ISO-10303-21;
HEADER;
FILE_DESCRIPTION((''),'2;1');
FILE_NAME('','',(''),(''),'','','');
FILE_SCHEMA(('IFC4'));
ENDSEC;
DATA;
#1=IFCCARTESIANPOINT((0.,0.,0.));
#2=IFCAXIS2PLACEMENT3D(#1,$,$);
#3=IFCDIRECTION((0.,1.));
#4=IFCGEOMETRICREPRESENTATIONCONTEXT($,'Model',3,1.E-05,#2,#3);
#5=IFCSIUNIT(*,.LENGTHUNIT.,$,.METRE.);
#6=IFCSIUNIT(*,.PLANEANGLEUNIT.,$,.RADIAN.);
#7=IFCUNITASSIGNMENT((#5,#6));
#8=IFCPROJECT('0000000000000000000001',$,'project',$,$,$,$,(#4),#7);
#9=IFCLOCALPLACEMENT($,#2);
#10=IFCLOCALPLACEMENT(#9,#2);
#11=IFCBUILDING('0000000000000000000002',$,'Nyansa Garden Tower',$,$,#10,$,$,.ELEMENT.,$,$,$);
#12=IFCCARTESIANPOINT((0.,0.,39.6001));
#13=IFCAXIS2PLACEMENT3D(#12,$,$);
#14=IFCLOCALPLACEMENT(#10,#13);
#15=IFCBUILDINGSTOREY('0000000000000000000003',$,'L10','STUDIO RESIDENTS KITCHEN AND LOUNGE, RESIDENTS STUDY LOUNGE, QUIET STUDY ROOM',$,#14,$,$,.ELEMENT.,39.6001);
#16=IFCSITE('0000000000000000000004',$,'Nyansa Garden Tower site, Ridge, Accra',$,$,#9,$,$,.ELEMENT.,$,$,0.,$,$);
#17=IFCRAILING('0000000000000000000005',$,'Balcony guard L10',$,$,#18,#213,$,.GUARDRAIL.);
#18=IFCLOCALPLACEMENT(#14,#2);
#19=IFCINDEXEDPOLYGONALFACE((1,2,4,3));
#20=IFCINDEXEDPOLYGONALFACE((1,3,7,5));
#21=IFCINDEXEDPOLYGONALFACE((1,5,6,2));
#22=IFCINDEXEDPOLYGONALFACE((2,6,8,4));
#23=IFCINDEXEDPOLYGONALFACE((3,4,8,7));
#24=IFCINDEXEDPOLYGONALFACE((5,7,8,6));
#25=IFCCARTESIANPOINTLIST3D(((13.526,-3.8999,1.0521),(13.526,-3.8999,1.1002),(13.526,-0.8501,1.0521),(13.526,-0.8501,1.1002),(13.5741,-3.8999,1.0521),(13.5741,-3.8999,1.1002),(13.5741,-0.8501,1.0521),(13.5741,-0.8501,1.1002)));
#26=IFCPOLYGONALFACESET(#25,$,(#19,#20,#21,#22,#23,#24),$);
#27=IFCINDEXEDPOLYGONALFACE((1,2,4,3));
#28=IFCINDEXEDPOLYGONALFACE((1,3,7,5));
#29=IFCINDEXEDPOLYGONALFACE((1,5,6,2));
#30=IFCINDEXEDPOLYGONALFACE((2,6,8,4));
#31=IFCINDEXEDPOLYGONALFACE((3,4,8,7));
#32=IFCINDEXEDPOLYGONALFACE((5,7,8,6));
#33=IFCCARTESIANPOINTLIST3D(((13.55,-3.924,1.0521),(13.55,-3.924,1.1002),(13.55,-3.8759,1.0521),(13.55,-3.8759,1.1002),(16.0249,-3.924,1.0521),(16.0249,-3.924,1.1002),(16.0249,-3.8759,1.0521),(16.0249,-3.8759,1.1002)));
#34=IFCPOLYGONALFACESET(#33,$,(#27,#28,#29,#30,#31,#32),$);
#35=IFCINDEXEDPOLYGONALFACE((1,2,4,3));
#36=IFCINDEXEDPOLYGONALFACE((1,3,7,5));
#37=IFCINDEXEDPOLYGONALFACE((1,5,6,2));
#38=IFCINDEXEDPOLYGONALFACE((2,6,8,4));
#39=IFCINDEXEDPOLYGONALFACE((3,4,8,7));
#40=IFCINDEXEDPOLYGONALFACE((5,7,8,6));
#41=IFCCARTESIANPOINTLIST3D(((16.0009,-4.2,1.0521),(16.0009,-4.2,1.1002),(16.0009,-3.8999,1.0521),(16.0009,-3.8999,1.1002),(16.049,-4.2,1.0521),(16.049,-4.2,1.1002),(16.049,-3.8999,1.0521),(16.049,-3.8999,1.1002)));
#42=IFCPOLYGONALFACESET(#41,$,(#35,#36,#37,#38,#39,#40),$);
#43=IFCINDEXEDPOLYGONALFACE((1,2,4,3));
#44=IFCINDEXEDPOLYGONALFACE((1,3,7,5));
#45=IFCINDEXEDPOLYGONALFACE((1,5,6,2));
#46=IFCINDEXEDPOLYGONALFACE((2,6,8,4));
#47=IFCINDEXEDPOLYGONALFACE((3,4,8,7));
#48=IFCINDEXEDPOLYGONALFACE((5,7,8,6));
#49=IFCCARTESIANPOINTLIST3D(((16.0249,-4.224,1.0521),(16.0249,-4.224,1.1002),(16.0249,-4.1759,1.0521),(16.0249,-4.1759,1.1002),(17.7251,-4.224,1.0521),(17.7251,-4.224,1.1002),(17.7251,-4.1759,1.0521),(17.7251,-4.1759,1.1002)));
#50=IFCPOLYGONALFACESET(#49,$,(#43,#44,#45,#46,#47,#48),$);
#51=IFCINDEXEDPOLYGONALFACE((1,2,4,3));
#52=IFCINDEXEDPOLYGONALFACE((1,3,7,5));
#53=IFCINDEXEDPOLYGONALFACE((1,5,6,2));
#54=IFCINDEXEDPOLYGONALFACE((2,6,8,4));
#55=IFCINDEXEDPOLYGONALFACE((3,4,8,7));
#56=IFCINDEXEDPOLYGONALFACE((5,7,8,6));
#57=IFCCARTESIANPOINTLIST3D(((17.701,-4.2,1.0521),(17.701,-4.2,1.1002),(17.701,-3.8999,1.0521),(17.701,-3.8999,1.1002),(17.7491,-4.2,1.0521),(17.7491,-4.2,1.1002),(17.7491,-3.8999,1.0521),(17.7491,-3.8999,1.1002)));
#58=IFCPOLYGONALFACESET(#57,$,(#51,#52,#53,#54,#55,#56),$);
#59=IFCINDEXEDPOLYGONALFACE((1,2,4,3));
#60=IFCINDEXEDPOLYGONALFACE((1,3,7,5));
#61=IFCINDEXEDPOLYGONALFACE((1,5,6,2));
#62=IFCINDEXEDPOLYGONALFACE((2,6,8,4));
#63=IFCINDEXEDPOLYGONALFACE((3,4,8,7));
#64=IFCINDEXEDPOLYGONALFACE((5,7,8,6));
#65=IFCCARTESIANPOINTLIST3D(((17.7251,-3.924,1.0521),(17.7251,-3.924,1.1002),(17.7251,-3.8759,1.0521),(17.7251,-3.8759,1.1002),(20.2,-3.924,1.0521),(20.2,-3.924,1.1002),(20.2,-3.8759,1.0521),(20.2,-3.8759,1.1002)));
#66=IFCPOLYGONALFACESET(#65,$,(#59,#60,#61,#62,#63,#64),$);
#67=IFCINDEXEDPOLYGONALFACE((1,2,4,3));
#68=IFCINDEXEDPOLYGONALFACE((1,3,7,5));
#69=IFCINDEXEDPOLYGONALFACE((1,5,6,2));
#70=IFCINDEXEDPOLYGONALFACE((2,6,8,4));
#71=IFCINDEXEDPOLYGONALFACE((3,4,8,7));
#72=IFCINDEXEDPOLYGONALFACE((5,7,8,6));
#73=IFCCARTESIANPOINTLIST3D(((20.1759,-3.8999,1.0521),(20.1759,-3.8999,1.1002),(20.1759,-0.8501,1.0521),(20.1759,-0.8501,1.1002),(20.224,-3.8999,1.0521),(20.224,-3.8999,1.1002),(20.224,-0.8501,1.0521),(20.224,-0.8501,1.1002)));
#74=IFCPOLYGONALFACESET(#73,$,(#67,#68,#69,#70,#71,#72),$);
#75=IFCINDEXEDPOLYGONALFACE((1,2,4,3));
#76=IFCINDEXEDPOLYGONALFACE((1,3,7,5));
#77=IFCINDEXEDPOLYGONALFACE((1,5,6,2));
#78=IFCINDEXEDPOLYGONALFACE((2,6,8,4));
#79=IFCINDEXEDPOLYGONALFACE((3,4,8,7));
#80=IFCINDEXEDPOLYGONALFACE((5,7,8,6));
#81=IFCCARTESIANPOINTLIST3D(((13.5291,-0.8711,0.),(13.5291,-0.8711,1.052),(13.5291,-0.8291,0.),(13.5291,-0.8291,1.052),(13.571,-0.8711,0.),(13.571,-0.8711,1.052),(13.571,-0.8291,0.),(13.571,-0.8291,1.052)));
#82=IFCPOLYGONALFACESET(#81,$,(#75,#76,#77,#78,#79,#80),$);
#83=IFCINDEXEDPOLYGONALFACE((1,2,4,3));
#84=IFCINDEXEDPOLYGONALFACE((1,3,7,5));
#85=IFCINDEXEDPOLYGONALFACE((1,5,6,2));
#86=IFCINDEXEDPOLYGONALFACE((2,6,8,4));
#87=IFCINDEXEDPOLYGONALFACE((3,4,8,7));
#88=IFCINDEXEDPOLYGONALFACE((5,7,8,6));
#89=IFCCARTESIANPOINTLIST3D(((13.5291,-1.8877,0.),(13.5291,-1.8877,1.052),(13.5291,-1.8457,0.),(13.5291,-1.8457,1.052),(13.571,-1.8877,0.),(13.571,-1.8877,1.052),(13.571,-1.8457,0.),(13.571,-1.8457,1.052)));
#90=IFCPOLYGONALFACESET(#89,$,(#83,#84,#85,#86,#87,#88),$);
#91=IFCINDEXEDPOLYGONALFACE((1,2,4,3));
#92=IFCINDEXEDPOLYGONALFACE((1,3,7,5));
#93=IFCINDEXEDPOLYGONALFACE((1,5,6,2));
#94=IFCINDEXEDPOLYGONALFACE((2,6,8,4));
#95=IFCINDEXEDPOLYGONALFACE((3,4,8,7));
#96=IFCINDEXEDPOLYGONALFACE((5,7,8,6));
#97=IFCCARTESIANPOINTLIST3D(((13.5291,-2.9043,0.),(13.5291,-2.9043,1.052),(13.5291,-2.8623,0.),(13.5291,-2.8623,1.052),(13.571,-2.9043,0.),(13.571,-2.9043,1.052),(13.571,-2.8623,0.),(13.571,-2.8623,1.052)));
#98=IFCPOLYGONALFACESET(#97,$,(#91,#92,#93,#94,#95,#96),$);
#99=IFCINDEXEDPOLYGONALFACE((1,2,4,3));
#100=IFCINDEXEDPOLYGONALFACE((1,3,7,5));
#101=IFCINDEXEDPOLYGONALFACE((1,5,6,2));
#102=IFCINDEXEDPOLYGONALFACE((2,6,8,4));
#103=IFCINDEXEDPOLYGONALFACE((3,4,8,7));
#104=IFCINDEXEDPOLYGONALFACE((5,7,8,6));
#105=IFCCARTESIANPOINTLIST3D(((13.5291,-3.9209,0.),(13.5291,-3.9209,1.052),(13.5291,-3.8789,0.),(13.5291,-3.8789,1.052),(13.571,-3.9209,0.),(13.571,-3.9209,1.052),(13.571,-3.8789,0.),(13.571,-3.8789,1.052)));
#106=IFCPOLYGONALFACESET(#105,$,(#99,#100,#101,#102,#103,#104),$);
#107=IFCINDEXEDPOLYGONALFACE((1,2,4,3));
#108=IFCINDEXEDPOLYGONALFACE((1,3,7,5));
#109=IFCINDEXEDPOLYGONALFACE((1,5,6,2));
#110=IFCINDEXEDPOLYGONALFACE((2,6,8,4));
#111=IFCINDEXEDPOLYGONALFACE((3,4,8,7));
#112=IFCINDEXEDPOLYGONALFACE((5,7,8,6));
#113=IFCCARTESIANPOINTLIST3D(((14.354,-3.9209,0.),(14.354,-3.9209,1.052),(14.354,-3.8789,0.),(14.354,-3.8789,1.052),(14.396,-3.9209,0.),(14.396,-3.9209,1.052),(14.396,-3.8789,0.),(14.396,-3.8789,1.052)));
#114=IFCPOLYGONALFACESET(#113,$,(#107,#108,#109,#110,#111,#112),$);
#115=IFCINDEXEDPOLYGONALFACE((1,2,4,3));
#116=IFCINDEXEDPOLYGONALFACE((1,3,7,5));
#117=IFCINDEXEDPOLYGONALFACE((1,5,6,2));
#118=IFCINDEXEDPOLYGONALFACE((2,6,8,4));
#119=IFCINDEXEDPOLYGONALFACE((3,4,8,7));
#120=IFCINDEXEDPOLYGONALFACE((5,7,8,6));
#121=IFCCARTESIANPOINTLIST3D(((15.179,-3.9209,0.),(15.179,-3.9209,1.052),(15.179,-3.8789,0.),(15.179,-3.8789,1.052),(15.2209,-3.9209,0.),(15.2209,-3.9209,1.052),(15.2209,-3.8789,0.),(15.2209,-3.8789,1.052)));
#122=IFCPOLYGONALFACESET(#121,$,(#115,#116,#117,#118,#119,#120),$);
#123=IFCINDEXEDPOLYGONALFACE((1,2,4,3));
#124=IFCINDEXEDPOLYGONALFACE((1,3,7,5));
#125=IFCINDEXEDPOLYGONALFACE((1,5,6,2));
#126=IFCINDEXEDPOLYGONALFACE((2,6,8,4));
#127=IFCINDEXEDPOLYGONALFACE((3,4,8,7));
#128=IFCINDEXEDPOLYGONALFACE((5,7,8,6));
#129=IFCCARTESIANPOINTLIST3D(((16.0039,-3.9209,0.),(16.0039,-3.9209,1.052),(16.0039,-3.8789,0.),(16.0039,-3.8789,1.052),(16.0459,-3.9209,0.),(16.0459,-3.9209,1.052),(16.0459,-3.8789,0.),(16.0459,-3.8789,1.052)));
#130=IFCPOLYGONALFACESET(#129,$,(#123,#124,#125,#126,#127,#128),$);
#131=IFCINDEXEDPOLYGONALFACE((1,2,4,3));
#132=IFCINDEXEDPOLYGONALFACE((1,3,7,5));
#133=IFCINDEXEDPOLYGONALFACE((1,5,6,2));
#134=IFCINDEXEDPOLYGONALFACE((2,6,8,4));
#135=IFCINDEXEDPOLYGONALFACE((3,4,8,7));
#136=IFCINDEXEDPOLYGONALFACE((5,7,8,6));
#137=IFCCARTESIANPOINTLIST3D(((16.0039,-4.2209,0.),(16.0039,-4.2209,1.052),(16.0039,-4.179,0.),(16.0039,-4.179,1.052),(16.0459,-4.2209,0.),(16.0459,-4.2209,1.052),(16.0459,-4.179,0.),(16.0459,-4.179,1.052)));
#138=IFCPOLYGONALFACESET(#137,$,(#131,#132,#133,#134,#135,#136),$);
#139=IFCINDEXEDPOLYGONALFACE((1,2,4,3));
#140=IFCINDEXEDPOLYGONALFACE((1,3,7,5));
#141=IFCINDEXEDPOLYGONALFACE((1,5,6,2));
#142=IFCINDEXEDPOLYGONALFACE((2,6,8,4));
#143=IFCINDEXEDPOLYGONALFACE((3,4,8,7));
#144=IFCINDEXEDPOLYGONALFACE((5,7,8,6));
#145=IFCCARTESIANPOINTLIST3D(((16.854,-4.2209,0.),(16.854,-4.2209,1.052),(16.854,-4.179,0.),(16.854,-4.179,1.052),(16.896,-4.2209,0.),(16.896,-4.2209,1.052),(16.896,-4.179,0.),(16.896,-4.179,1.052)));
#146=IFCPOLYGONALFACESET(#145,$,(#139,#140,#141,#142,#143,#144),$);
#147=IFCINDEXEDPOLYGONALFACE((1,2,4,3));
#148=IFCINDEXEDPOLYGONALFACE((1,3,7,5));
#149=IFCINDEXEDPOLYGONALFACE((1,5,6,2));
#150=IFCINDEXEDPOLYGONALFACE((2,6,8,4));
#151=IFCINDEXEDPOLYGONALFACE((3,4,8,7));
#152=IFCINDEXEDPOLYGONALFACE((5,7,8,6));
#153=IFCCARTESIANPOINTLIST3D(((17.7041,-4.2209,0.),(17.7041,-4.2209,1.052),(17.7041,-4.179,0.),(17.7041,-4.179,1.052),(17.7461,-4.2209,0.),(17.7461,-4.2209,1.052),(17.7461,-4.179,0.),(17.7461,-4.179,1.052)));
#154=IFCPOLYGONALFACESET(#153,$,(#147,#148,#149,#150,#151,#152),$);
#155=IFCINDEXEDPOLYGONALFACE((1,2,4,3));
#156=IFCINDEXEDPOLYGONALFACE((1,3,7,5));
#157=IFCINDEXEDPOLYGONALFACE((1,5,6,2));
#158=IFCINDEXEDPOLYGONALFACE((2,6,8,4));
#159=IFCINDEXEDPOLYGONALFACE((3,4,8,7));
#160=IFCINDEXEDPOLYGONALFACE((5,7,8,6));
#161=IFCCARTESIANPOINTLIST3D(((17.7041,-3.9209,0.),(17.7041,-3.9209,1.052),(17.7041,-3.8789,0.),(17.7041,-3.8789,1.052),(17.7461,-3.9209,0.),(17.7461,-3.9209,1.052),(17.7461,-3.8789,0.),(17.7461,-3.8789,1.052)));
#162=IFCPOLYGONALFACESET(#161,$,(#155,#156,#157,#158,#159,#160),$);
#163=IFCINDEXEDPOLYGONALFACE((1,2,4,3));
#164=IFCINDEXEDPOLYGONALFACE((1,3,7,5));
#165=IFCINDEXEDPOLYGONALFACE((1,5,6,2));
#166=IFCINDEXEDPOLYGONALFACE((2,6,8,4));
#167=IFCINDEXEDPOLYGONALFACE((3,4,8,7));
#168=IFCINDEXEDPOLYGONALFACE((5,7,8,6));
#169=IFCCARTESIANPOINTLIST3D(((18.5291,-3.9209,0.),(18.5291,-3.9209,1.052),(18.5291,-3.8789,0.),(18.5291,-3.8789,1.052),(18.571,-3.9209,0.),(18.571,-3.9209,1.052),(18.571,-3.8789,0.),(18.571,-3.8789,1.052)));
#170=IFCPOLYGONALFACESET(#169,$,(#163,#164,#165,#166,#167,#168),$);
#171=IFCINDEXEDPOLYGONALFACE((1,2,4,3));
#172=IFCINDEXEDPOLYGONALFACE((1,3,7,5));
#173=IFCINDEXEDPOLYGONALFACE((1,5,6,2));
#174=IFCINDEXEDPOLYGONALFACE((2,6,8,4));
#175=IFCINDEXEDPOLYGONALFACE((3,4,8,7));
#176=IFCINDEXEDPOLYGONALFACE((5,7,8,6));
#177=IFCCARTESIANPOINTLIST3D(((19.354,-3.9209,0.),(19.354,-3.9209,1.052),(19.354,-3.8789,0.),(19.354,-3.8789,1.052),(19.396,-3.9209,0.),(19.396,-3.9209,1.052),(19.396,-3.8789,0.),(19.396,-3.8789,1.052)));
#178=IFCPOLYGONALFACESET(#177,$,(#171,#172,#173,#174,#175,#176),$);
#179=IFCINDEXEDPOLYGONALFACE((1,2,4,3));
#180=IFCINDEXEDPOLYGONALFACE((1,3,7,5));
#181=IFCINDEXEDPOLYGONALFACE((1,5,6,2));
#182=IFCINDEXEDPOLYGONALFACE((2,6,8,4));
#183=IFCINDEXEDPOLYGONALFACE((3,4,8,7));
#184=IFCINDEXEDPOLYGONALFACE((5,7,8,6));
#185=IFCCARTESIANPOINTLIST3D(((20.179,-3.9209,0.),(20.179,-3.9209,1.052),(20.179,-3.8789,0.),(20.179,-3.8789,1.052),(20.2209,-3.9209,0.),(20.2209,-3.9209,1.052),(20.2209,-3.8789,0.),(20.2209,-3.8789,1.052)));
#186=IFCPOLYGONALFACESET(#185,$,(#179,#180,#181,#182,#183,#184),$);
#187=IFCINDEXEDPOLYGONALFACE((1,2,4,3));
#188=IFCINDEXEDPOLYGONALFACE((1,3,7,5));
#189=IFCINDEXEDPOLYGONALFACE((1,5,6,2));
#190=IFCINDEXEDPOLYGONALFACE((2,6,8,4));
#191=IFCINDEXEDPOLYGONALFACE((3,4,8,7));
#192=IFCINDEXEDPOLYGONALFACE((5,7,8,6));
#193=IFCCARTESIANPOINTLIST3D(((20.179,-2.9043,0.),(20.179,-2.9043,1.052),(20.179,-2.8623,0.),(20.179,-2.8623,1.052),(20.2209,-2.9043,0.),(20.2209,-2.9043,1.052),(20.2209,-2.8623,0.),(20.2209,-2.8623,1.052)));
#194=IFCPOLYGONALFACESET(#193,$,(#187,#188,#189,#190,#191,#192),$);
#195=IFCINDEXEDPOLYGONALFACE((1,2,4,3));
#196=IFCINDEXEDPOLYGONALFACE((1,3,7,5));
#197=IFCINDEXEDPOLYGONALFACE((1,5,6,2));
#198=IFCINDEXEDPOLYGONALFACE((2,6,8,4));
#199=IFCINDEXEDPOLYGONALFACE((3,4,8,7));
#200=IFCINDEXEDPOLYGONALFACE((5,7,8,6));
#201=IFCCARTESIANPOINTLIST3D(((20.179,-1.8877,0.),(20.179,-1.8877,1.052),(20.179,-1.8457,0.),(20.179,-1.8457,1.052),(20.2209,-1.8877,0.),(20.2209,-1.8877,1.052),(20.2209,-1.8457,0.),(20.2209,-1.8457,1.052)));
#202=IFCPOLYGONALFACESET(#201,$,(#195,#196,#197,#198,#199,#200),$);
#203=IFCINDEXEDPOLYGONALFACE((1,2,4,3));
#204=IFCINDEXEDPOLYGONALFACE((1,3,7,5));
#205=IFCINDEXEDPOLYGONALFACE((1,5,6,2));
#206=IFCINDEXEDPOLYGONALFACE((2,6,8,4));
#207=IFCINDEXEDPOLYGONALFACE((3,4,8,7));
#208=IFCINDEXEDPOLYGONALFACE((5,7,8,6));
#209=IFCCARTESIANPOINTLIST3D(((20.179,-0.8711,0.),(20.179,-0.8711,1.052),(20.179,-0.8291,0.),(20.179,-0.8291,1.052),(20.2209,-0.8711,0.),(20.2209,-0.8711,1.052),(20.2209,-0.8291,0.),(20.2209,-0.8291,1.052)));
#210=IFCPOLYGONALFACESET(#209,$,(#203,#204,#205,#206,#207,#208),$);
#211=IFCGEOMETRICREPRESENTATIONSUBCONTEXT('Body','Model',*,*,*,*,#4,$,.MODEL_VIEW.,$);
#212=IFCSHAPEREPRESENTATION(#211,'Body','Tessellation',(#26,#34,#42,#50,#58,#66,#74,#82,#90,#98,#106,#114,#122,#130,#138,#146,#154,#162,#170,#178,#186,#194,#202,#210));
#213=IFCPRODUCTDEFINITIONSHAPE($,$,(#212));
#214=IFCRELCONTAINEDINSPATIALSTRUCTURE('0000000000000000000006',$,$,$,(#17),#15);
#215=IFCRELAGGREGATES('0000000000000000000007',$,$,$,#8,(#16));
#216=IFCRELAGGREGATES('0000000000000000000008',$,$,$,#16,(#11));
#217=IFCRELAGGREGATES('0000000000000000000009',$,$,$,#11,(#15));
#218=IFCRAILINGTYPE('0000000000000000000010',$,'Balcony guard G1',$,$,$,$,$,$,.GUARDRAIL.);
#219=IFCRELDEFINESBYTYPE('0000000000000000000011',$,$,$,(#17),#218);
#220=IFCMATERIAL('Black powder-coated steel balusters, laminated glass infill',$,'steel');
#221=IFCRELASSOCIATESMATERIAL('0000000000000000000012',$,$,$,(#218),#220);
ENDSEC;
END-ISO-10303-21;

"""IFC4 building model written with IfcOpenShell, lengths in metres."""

from ifc_helpers import new_model, si_unit, direction, frame, origin, origin_2d, place, context, subcontext, project, spatial, rectangle, extrude, material, type_object, element, save


model = new_model("IFC4")

# Units and contexts
model_context = context("Model", 3, precision=1e-05, world=origin(), true_north=direction((0.0, 1.0)))
body_context = subcontext(model_context, "Body", "Model", "MODEL_VIEW")
ifc_project = project(units=[si_unit("LENGTHUNIT", "METRE"), si_unit("PLANEANGLEUNIT", "RADIAN")], contexts=[model_context])

# Site, building, storey
site_placement = place(None, origin())
site = spatial("IfcSite", under=ifc_project, at=site_placement, Name="Nyansa Garden Tower site, Ridge, Accra", CompositionType="ELEMENT", RefElevation=0.0)
building_placement = place(site_placement, origin())
building = spatial("IfcBuilding", under=site, at=building_placement, Name="Nyansa Garden Tower", CompositionType="ELEMENT")
storey_placement = place(building_placement, frame((0.0, 0.0, 39.6001)))
storey = spatial("IfcBuildingStorey", under=building, at=storey_placement, Name="L10", Description="STUDIO RESIDENTS KITCHEN AND LOUNGE, RESIDENTS STUDY LOUNGE, QUIET STUDY ROOM", CompositionType="ELEMENT", Elevation=39.6001)

# Railing
ifc_material_1 = material(Name="Black powder-coated steel balusters, laminated glass infill", Category="steel")
railing_type = type_object("IfcRailingType", Name="Balcony guard G1", PredefinedType="GUARDRAIL", material=ifc_material_1)
railing_placement = place(storey_placement, frame((13.55, -0.8501, 0.0)))
element("IfcRailing", 1, at=railing_placement, inside=storey, type_object=railing_type, Name="Balcony guard L10", PredefinedType="GUARDRAIL", context=body_context, shape_type="SweptSolid", body=[
    extrude(rectangle(XDim=0.0481, YDim=0.0481, at=origin_2d()), frame((0.0, 0.0, 1.0762), z_axis=(0.0, -1.0, 0.0), x_axis=(1.0, 0.0, 0.0)), (0.0, 0.0, 1.0), 3.0498),
    extrude(rectangle(XDim=0.0481, YDim=0.0481, at=origin_2d()), frame((0.0, -3.0498, 1.0762), z_axis=(1.0, 0.0, 0.0), x_axis=(0.0, 1.0, 0.0)), (0.0, 0.0, 1.0), 2.4749),
    extrude(rectangle(XDim=0.0481, YDim=0.0481, at=origin_2d()), frame((2.4749, -3.0498, 1.0762), z_axis=(0.0, -1.0, 0.0), x_axis=(1.0, 0.0, 0.0)), (0.0, 0.0, 1.0), 0.3),
    extrude(rectangle(XDim=0.0481, YDim=0.0481, at=origin_2d()), frame((2.4749, -3.3499, 1.0762), z_axis=(1.0, 0.0, 0.0), x_axis=(0.0, 1.0, 0.0)), (0.0, 0.0, 1.0), 1.7002),
    extrude(rectangle(XDim=0.0481, YDim=0.0481, at=origin_2d()), frame((4.175, -3.3499, 1.0762), z_axis=(0.0, 1.0, 0.0), x_axis=(-1.0, 0.0, 0.0)), (0.0, 0.0, 1.0), 0.3),
    extrude(rectangle(XDim=0.0481, YDim=0.0481, at=origin_2d()), frame((4.175, -3.0498, 1.0762), z_axis=(1.0, 0.0, 0.0), x_axis=(0.0, 1.0, 0.0)), (0.0, 0.0, 1.0), 2.4749),
    extrude(rectangle(XDim=0.0481, YDim=0.0481, at=origin_2d()), frame((6.6499, -3.0498, 1.0762), z_axis=(0.0, 1.0, 0.0), x_axis=(-1.0, 0.0, 0.0)), (0.0, 0.0, 1.0), 3.0498),
    extrude(rectangle(XDim=0.042, YDim=0.042, at=origin_2d()), origin(), (0.0, 0.0, 1.0), 1.052),
    extrude(rectangle(XDim=0.042, YDim=0.042, at=origin_2d()), frame((0.0, -1.0166, 0.0)), (0.0, 0.0, 1.0), 1.052),
    extrude(rectangle(XDim=0.042, YDim=0.042, at=origin_2d()), frame((0.0, -2.0332, 0.0)), (0.0, 0.0, 1.0), 1.052),
    extrude(rectangle(XDim=0.042, YDim=0.042, at=origin_2d()), frame((0.0, -3.0498, 0.0)), (0.0, 0.0, 1.0), 1.052),
    extrude(rectangle(XDim=0.042, YDim=0.042, at=origin_2d()), frame((0.825, -3.0498, 0.0)), (0.0, 0.0, 1.0), 1.052),
    extrude(rectangle(XDim=0.042, YDim=0.042, at=origin_2d()), frame((1.6499, -3.0498, 0.0)), (0.0, 0.0, 1.0), 1.052),
    extrude(rectangle(XDim=0.042, YDim=0.042, at=origin_2d()), frame((2.4749, -3.0498, 0.0)), (0.0, 0.0, 1.0), 1.052),
    extrude(rectangle(XDim=0.042, YDim=0.042, at=origin_2d()), frame((2.4749, -3.3499, 0.0)), (0.0, 0.0, 1.0), 1.052),
    extrude(rectangle(XDim=0.042, YDim=0.042, at=origin_2d()), frame((3.325, -3.3499, 0.0)), (0.0, 0.0, 1.0), 1.052),
    extrude(rectangle(XDim=0.042, YDim=0.042, at=origin_2d()), frame((4.175, -3.3499, 0.0)), (0.0, 0.0, 1.0), 1.052),
    extrude(rectangle(XDim=0.042, YDim=0.042, at=origin_2d()), frame((4.175, -3.0498, 0.0)), (0.0, 0.0, 1.0), 1.052),
    extrude(rectangle(XDim=0.042, YDim=0.042, at=origin_2d()), frame((5.0, -3.0498, 0.0)), (0.0, 0.0, 1.0), 1.052),
    extrude(rectangle(XDim=0.042, YDim=0.042, at=origin_2d()), frame((5.825, -3.0498, 0.0)), (0.0, 0.0, 1.0), 1.052),
    extrude(rectangle(XDim=0.042, YDim=0.042, at=origin_2d()), frame((6.6499, -3.0498, 0.0)), (0.0, 0.0, 1.0), 1.052),
    extrude(rectangle(XDim=0.042, YDim=0.042, at=origin_2d()), frame((6.6499, -2.0332, 0.0)), (0.0, 0.0, 1.0), 1.052),
    extrude(rectangle(XDim=0.042, YDim=0.042, at=origin_2d()), frame((6.6499, -1.0166, 0.0)), (0.0, 0.0, 1.0), 1.052),
    extrude(rectangle(XDim=0.042, YDim=0.042, at=origin_2d()), frame((6.6499, 0.0, 0.0)), (0.0, 0.0, 1.0), 1.052),
])

save(model, "model.ifc")
